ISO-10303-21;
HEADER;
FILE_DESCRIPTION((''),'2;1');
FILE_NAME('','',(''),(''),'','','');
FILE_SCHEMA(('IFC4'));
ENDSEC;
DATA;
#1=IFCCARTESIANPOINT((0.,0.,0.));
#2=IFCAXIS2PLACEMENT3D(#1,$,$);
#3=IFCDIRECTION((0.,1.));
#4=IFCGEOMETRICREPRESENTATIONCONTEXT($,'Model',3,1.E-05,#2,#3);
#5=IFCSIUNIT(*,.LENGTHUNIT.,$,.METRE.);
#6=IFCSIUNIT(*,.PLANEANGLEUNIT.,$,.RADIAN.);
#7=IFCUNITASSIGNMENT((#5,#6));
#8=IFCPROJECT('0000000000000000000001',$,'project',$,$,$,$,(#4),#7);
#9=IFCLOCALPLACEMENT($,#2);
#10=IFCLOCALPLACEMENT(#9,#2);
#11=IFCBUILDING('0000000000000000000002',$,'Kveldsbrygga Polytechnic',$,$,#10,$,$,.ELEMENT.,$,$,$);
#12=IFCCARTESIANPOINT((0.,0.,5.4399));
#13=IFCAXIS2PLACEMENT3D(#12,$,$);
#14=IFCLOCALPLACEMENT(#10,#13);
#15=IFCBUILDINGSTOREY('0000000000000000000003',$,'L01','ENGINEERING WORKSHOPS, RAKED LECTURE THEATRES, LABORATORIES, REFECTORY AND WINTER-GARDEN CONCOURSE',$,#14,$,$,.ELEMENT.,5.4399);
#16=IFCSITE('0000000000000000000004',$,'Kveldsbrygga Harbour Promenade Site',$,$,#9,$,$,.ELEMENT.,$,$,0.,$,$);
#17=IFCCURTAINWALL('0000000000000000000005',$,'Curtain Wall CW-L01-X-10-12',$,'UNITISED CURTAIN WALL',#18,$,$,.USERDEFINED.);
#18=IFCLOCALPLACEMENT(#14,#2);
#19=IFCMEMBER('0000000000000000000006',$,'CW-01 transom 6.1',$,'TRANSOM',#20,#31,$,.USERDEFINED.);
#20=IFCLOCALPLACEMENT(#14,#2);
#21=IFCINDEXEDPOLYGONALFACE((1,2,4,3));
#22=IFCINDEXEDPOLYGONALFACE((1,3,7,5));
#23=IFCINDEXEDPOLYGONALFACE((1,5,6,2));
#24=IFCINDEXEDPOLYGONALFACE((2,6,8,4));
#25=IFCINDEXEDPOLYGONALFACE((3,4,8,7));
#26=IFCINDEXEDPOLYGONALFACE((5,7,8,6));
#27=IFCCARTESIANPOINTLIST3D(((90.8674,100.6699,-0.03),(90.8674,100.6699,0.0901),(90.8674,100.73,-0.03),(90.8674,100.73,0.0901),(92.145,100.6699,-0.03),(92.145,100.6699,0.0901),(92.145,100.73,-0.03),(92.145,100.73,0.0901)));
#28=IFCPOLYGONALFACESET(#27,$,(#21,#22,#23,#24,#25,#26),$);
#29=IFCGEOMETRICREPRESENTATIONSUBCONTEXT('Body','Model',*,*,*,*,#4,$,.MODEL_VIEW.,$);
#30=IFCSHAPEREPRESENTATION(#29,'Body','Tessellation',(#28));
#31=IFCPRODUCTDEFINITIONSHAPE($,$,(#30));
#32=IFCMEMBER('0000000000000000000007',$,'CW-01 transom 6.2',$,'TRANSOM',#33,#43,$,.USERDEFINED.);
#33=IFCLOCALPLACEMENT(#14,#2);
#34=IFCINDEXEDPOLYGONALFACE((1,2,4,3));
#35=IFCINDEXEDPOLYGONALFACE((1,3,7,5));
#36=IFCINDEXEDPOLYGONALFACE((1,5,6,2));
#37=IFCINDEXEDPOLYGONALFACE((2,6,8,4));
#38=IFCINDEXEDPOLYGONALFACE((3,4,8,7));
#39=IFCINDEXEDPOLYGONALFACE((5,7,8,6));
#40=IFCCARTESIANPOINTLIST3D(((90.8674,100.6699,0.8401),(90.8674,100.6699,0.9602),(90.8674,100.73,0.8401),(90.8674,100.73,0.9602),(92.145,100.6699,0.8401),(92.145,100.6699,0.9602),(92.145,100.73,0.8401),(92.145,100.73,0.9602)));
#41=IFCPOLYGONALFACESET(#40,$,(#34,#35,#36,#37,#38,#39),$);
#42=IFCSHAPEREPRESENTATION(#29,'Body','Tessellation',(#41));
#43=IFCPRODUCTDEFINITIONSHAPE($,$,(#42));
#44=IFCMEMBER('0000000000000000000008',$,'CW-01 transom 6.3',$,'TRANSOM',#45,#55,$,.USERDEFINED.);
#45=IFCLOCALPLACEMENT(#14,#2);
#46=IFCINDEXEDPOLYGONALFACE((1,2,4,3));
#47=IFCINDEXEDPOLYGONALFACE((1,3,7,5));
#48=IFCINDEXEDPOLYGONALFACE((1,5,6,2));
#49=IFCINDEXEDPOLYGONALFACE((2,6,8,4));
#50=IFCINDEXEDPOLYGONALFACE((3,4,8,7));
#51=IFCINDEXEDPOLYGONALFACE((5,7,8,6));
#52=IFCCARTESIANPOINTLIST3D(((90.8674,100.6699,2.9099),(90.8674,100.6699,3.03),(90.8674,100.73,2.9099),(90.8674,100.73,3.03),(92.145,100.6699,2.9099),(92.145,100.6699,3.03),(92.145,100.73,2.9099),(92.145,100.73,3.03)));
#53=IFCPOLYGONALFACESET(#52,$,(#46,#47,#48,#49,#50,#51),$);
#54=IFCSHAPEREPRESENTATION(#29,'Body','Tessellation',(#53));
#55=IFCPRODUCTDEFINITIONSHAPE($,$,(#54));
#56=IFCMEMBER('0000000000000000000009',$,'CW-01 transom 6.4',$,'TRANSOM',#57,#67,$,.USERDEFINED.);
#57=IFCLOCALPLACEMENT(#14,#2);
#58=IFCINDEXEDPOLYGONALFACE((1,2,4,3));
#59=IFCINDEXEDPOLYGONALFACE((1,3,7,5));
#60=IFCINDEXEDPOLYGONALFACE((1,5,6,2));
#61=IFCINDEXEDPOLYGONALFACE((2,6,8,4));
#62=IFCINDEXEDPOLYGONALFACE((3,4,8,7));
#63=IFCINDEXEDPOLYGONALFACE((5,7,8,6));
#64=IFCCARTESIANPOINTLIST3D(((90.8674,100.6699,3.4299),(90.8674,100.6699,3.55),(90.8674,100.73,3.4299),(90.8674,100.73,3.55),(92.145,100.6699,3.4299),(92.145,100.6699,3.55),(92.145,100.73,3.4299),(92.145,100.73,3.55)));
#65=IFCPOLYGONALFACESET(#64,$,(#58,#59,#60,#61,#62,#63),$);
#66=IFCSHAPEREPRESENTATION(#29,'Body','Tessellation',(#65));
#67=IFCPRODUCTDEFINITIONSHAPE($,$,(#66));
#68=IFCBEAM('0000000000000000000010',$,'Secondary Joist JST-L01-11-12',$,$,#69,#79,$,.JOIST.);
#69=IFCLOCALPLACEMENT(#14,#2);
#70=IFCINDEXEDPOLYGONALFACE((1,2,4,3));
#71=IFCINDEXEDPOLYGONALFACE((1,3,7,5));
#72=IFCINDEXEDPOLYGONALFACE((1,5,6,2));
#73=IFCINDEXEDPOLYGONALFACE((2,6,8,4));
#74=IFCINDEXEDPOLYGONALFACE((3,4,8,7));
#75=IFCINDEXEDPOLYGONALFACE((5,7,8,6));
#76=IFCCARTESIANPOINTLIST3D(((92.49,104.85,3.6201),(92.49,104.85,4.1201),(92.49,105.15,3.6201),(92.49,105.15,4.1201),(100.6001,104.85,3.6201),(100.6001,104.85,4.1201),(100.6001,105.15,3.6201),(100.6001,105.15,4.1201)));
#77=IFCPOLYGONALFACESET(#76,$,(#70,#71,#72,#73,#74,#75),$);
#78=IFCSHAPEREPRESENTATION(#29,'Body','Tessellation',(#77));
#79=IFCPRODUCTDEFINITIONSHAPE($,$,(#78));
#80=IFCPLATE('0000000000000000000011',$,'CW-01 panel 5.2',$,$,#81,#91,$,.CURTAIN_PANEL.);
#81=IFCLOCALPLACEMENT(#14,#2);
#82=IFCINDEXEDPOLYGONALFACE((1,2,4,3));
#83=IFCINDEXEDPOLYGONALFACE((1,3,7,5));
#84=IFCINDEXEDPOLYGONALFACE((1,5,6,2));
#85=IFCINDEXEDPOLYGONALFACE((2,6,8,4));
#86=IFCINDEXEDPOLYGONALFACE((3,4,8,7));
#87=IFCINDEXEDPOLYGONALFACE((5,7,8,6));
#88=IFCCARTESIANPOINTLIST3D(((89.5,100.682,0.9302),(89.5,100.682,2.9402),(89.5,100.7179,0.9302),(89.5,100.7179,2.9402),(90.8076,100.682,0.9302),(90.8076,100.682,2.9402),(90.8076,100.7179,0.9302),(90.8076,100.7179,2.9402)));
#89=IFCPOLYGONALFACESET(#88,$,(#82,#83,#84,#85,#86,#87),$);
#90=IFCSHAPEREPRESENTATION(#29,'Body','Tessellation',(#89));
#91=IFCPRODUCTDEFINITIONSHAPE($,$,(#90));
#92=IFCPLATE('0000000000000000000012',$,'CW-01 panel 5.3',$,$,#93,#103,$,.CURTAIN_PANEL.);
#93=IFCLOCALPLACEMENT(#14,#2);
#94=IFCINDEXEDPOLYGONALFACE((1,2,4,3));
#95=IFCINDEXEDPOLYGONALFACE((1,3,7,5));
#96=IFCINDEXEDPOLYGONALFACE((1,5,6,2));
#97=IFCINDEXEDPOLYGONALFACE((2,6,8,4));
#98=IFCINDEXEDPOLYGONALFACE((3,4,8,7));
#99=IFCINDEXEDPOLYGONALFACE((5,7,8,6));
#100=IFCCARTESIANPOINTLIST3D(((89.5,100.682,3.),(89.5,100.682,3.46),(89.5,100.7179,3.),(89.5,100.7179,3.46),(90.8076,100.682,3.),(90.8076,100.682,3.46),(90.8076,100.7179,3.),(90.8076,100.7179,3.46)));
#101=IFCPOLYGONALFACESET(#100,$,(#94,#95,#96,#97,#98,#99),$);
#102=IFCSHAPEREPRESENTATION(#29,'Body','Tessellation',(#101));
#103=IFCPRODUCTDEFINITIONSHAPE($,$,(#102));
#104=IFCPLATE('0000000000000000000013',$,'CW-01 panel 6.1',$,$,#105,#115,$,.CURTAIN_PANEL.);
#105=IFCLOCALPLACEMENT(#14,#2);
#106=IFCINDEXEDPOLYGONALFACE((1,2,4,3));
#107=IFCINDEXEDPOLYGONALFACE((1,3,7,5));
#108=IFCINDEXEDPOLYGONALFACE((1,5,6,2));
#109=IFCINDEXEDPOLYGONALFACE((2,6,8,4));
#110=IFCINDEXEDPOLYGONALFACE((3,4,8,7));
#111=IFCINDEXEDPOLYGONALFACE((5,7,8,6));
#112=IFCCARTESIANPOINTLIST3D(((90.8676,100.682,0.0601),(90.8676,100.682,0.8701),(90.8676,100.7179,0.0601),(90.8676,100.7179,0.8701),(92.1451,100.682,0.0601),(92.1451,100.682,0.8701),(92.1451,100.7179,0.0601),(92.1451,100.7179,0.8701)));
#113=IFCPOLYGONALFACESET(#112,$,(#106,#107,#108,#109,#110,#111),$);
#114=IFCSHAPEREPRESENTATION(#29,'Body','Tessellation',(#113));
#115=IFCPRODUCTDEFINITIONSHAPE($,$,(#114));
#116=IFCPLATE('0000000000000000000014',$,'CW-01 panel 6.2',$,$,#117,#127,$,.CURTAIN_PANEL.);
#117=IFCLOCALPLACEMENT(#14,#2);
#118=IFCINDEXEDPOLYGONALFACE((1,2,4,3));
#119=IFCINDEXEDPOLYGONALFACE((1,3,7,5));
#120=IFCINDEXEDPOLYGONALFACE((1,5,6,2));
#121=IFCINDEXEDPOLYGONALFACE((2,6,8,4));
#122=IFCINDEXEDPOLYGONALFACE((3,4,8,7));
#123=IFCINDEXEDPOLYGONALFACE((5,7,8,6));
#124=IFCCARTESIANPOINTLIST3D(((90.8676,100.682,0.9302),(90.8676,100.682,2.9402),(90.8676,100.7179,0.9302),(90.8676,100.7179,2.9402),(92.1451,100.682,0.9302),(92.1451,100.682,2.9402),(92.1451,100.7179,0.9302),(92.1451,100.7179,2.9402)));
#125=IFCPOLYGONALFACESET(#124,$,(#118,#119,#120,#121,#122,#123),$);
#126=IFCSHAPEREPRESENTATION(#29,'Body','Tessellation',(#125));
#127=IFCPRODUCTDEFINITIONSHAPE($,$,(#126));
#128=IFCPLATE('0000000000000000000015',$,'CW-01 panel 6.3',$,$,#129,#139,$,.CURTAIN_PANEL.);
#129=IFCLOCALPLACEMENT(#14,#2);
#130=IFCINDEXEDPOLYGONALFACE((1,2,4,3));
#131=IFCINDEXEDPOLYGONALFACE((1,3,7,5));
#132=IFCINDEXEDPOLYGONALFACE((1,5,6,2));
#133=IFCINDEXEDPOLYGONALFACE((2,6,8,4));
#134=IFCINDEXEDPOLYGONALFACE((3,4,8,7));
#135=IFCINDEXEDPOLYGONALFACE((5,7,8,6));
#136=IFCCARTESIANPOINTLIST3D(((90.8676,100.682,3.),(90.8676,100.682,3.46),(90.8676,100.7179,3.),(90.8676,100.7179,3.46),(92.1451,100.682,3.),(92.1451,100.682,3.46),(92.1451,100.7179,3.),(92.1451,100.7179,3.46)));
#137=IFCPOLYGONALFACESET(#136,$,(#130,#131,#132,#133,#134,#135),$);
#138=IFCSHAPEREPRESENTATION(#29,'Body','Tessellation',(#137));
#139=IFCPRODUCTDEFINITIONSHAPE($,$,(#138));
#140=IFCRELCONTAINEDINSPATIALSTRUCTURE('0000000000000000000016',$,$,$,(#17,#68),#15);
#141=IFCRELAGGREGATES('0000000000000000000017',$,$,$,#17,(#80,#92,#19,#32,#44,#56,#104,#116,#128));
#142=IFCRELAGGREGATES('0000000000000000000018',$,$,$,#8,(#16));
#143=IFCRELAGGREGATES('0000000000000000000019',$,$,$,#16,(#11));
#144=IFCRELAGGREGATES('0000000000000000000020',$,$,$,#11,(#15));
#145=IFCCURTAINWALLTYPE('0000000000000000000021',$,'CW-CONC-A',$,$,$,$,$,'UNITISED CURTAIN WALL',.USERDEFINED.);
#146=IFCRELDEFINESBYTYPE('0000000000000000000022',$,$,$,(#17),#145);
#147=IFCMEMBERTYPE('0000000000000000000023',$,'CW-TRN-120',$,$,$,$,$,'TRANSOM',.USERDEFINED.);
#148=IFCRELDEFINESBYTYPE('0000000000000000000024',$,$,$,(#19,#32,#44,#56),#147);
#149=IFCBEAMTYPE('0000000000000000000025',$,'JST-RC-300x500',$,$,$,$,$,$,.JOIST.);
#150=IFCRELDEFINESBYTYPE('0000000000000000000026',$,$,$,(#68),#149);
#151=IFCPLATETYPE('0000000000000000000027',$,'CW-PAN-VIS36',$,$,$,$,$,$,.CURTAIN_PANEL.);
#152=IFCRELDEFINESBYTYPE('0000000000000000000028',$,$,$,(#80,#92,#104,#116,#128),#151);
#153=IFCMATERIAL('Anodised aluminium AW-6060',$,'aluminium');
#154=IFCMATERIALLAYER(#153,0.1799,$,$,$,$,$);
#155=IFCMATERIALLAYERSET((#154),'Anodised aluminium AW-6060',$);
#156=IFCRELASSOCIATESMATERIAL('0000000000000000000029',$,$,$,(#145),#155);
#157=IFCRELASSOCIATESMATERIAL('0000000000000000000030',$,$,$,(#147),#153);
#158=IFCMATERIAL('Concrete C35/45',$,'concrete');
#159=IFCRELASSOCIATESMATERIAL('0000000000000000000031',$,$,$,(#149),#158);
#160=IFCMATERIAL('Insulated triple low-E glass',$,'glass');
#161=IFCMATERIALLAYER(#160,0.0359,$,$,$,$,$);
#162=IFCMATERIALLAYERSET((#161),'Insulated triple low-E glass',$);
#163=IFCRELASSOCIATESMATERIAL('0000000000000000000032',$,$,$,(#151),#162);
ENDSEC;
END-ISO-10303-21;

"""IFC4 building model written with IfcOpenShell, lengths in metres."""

from ifc_helpers import new_model, si_unit, direction, frame, origin, origin_2d, place, context, subcontext, project, spatial, rectangle, extrude, material, layer, layer_set, material_profile, profile_set, type_object, element, aggregate, save


model = new_model("IFC4")

# Units and contexts
model_context = context("Model", 3, precision=1e-05, world=origin(), true_north=direction((0.0, 1.0)))
body_context = subcontext(model_context, "Body", "Model", "MODEL_VIEW")
ifc_project = project(units=[si_unit("LENGTHUNIT", "METRE"), si_unit("PLANEANGLEUNIT", "RADIAN")], contexts=[model_context])

# Site, building, storey
site_placement = place(None, origin())
site = spatial("IfcSite", under=ifc_project, at=site_placement, Name="Kveldsbrygga Harbour Promenade Site", CompositionType="ELEMENT", RefElevation=0.0)
building_placement = place(site_placement, origin())
building = spatial("IfcBuilding", under=site, at=building_placement, Name="Kveldsbrygga Polytechnic", CompositionType="ELEMENT")
storey_placement = place(building_placement, frame((0.0, 0.0, 5.4399)))
storey = spatial("IfcBuildingStorey", under=building, at=storey_placement, Name="L01", Description="ENGINEERING WORKSHOPS, RAKED LECTURE THEATRES, LABORATORIES, REFECTORY AND WINTER-GARDEN CONCOURSE", CompositionType="ELEMENT", Elevation=5.4399)

# Shared definitions
ifc_material_1 = material(Name="Concrete C35/45", Category="concrete")

# Curtain wall, members
ifc_material_2 = material(Name="Anodised aluminium AW-6060", Category="aluminium")
ifc_layer_1 = layer(ifc_material_2, 0.1799)
ifc_layer_set_1 = layer_set([ifc_layer_1], Name="Anodised aluminium AW-6060")
curtain_wall_type = type_object("IfcCurtainWallType", Name="CW-CONC-A", ElementType="UNITISED CURTAIN WALL", PredefinedType="USERDEFINED", material=ifc_layer_set_1)
curtain_wall_placement = place(storey_placement, origin())
curtain_wall = element("IfcCurtainWall", 1, at=curtain_wall_placement, inside=storey, type_object=curtain_wall_type, Name="Curtain Wall CW-L01-X-10-12", ObjectType="UNITISED CURTAIN WALL", PredefinedType="USERDEFINED")
ifc_material_profile_1 = material_profile(ifc_material_2, rectangle(XDim=0.0601, YDim=0.1201, at=origin_2d()), Name="ALU 60x120")
ifc_profile_set_1 = profile_set([ifc_material_profile_1], Name="Anodised aluminium AW-6060")
member_type_1 = type_object("IfcMemberType", Name="CW-TRN-120", ElementType="TRANSOM", PredefinedType="USERDEFINED", material=ifc_profile_set_1)
member_1_placement = place(storey_placement, frame((90.8674, 100.7, 0.03), z_axis=(1.0, 0.0, 0.0), x_axis=(0.0, 1.0, 0.0)))
member_1 = element("IfcMember", 2, at=member_1_placement, type_object=member_type_1, Name="CW-01 transom 6.1", ObjectType="TRANSOM", PredefinedType="USERDEFINED", context=body_context, shape_type="SweptSolid", body=[
    extrude(rectangle(XDim=0.0601, YDim=0.1201, at=origin_2d()), origin(), (0.0, 0.0, 1.0), 1.2776),
])
member_2_placement = place(storey_placement, frame((90.8674, 100.7, 0.9001), z_axis=(1.0, 0.0, 0.0), x_axis=(0.0, 1.0, 0.0)))
member_2 = element("IfcMember", 3, at=member_2_placement, type_object=member_type_1, Name="CW-01 transom 6.2", ObjectType="TRANSOM", PredefinedType="USERDEFINED", context=body_context, shape_type="SweptSolid", body=[
    extrude(rectangle(XDim=0.0601, YDim=0.1201, at=origin_2d()), origin(), (0.0, 0.0, 1.0), 1.2776),
])
member_3_placement = place(storey_placement, frame((90.8674, 100.7, 2.97), z_axis=(1.0, 0.0, 0.0), x_axis=(0.0, 1.0, 0.0)))
member_3 = element("IfcMember", 4, at=member_3_placement, type_object=member_type_1, Name="CW-01 transom 6.3", ObjectType="TRANSOM", PredefinedType="USERDEFINED", context=body_context, shape_type="SweptSolid", body=[
    extrude(rectangle(XDim=0.0601, YDim=0.1201, at=origin_2d()), origin(), (0.0, 0.0, 1.0), 1.2776),
])
member_4_placement = place(storey_placement, frame((90.8674, 100.7, 3.49), z_axis=(1.0, 0.0, 0.0), x_axis=(0.0, 1.0, 0.0)))
member_4 = element("IfcMember", 5, at=member_4_placement, type_object=member_type_1, Name="CW-01 transom 6.4", ObjectType="TRANSOM", PredefinedType="USERDEFINED", context=body_context, shape_type="SweptSolid", body=[
    extrude(rectangle(XDim=0.0601, YDim=0.1201, at=origin_2d()), origin(), (0.0, 0.0, 1.0), 1.2776),
])

# Beam
ifc_material_profile_2 = material_profile(ifc_material_1, rectangle(XDim=0.3, YDim=0.5, at=origin_2d()), Name="RC 300x500")
ifc_profile_set_2 = profile_set([ifc_material_profile_2], Name="Concrete C35/45")
beam_type_1 = type_object("IfcBeamType", Name="JST-RC-300x500", PredefinedType="JOIST", material=ifc_profile_set_2)
beam_1_placement = place(storey_placement, frame((92.49, 105.0, 3.8701), z_axis=(1.0, 0.0, 0.0), x_axis=(0.0, 1.0, 0.0)))
element("IfcBeam", 6, at=beam_1_placement, inside=storey, type_object=beam_type_1, Name="Secondary Joist JST-L01-11-12", PredefinedType="JOIST", context=body_context, shape_type="SweptSolid", body=[
    extrude(rectangle(XDim=0.3, YDim=0.5, at=origin_2d()), origin(), (0.0, 0.0, 1.0), 8.1101),
])

# Plates
ifc_material_3 = material(Name="Insulated triple low-E glass", Category="glass")
ifc_layer_2 = layer(ifc_material_3, 0.0359)
ifc_layer_set_2 = layer_set([ifc_layer_2], Name="Insulated triple low-E glass")
plate_type = type_object("IfcPlateType", Name="CW-PAN-VIS36", PredefinedType="CURTAIN_PANEL", material=ifc_layer_set_2)
plate_1_placement = place(storey_placement, frame((90.1538, 100.7, 0.9302), z_axis=(0.0, 0.0, 1.0), x_axis=(1.0, 0.0, 0.0)))
plate_1 = element("IfcPlate", 7, at=plate_1_placement, type_object=plate_type, Name="CW-01 panel 5.2", PredefinedType="CURTAIN_PANEL", context=body_context, shape_type="SweptSolid", body=[
    extrude(rectangle(XDim=1.3076, YDim=0.0359, at=origin_2d()), origin(), (0.0, 0.0, 1.0), 2.01),
])
plate_2_placement = place(storey_placement, frame((90.1538, 100.7, 3.0), z_axis=(0.0, 0.0, 1.0), x_axis=(1.0, 0.0, 0.0)))
plate_2 = element("IfcPlate", 8, at=plate_2_placement, type_object=plate_type, Name="CW-01 panel 5.3", PredefinedType="CURTAIN_PANEL", context=body_context, shape_type="SweptSolid", body=[
    extrude(rectangle(XDim=1.3076, YDim=0.0359, at=origin_2d()), origin(), (0.0, 0.0, 1.0), 0.46),
])
plate_3_placement = place(storey_placement, frame((91.5063, 100.7, 0.0601), z_axis=(0.0, 0.0, 1.0), x_axis=(1.0, 0.0, 0.0)))
plate_3 = element("IfcPlate", 9, at=plate_3_placement, type_object=plate_type, Name="CW-01 panel 6.1", PredefinedType="CURTAIN_PANEL", context=body_context, shape_type="SweptSolid", body=[
    extrude(rectangle(XDim=1.2776, YDim=0.0359, at=origin_2d()), origin(), (0.0, 0.0, 1.0), 0.8101),
])
plate_4_placement = place(storey_placement, frame((91.5063, 100.7, 0.9302), z_axis=(0.0, 0.0, 1.0), x_axis=(1.0, 0.0, 0.0)))
plate_4 = element("IfcPlate", 10, at=plate_4_placement, type_object=plate_type, Name="CW-01 panel 6.2", PredefinedType="CURTAIN_PANEL", context=body_context, shape_type="SweptSolid", body=[
    extrude(rectangle(XDim=1.2776, YDim=0.0359, at=origin_2d()), origin(), (0.0, 0.0, 1.0), 2.01),
])
plate_5_placement = place(storey_placement, frame((91.5063, 100.7, 3.0), z_axis=(0.0, 0.0, 1.0), x_axis=(1.0, 0.0, 0.0)))
plate_5 = element("IfcPlate", 11, at=plate_5_placement, type_object=plate_type, Name="CW-01 panel 6.3", PredefinedType="CURTAIN_PANEL", context=body_context, shape_type="SweptSolid", body=[
    extrude(rectangle(XDim=1.2776, YDim=0.0359, at=origin_2d()), origin(), (0.0, 0.0, 1.0), 0.46),
])
aggregate(curtain_wall, [plate_1, plate_2, member_1, member_2, member_3, member_4, plate_3, plate_4, plate_5])

save(model, "model.ifc")
